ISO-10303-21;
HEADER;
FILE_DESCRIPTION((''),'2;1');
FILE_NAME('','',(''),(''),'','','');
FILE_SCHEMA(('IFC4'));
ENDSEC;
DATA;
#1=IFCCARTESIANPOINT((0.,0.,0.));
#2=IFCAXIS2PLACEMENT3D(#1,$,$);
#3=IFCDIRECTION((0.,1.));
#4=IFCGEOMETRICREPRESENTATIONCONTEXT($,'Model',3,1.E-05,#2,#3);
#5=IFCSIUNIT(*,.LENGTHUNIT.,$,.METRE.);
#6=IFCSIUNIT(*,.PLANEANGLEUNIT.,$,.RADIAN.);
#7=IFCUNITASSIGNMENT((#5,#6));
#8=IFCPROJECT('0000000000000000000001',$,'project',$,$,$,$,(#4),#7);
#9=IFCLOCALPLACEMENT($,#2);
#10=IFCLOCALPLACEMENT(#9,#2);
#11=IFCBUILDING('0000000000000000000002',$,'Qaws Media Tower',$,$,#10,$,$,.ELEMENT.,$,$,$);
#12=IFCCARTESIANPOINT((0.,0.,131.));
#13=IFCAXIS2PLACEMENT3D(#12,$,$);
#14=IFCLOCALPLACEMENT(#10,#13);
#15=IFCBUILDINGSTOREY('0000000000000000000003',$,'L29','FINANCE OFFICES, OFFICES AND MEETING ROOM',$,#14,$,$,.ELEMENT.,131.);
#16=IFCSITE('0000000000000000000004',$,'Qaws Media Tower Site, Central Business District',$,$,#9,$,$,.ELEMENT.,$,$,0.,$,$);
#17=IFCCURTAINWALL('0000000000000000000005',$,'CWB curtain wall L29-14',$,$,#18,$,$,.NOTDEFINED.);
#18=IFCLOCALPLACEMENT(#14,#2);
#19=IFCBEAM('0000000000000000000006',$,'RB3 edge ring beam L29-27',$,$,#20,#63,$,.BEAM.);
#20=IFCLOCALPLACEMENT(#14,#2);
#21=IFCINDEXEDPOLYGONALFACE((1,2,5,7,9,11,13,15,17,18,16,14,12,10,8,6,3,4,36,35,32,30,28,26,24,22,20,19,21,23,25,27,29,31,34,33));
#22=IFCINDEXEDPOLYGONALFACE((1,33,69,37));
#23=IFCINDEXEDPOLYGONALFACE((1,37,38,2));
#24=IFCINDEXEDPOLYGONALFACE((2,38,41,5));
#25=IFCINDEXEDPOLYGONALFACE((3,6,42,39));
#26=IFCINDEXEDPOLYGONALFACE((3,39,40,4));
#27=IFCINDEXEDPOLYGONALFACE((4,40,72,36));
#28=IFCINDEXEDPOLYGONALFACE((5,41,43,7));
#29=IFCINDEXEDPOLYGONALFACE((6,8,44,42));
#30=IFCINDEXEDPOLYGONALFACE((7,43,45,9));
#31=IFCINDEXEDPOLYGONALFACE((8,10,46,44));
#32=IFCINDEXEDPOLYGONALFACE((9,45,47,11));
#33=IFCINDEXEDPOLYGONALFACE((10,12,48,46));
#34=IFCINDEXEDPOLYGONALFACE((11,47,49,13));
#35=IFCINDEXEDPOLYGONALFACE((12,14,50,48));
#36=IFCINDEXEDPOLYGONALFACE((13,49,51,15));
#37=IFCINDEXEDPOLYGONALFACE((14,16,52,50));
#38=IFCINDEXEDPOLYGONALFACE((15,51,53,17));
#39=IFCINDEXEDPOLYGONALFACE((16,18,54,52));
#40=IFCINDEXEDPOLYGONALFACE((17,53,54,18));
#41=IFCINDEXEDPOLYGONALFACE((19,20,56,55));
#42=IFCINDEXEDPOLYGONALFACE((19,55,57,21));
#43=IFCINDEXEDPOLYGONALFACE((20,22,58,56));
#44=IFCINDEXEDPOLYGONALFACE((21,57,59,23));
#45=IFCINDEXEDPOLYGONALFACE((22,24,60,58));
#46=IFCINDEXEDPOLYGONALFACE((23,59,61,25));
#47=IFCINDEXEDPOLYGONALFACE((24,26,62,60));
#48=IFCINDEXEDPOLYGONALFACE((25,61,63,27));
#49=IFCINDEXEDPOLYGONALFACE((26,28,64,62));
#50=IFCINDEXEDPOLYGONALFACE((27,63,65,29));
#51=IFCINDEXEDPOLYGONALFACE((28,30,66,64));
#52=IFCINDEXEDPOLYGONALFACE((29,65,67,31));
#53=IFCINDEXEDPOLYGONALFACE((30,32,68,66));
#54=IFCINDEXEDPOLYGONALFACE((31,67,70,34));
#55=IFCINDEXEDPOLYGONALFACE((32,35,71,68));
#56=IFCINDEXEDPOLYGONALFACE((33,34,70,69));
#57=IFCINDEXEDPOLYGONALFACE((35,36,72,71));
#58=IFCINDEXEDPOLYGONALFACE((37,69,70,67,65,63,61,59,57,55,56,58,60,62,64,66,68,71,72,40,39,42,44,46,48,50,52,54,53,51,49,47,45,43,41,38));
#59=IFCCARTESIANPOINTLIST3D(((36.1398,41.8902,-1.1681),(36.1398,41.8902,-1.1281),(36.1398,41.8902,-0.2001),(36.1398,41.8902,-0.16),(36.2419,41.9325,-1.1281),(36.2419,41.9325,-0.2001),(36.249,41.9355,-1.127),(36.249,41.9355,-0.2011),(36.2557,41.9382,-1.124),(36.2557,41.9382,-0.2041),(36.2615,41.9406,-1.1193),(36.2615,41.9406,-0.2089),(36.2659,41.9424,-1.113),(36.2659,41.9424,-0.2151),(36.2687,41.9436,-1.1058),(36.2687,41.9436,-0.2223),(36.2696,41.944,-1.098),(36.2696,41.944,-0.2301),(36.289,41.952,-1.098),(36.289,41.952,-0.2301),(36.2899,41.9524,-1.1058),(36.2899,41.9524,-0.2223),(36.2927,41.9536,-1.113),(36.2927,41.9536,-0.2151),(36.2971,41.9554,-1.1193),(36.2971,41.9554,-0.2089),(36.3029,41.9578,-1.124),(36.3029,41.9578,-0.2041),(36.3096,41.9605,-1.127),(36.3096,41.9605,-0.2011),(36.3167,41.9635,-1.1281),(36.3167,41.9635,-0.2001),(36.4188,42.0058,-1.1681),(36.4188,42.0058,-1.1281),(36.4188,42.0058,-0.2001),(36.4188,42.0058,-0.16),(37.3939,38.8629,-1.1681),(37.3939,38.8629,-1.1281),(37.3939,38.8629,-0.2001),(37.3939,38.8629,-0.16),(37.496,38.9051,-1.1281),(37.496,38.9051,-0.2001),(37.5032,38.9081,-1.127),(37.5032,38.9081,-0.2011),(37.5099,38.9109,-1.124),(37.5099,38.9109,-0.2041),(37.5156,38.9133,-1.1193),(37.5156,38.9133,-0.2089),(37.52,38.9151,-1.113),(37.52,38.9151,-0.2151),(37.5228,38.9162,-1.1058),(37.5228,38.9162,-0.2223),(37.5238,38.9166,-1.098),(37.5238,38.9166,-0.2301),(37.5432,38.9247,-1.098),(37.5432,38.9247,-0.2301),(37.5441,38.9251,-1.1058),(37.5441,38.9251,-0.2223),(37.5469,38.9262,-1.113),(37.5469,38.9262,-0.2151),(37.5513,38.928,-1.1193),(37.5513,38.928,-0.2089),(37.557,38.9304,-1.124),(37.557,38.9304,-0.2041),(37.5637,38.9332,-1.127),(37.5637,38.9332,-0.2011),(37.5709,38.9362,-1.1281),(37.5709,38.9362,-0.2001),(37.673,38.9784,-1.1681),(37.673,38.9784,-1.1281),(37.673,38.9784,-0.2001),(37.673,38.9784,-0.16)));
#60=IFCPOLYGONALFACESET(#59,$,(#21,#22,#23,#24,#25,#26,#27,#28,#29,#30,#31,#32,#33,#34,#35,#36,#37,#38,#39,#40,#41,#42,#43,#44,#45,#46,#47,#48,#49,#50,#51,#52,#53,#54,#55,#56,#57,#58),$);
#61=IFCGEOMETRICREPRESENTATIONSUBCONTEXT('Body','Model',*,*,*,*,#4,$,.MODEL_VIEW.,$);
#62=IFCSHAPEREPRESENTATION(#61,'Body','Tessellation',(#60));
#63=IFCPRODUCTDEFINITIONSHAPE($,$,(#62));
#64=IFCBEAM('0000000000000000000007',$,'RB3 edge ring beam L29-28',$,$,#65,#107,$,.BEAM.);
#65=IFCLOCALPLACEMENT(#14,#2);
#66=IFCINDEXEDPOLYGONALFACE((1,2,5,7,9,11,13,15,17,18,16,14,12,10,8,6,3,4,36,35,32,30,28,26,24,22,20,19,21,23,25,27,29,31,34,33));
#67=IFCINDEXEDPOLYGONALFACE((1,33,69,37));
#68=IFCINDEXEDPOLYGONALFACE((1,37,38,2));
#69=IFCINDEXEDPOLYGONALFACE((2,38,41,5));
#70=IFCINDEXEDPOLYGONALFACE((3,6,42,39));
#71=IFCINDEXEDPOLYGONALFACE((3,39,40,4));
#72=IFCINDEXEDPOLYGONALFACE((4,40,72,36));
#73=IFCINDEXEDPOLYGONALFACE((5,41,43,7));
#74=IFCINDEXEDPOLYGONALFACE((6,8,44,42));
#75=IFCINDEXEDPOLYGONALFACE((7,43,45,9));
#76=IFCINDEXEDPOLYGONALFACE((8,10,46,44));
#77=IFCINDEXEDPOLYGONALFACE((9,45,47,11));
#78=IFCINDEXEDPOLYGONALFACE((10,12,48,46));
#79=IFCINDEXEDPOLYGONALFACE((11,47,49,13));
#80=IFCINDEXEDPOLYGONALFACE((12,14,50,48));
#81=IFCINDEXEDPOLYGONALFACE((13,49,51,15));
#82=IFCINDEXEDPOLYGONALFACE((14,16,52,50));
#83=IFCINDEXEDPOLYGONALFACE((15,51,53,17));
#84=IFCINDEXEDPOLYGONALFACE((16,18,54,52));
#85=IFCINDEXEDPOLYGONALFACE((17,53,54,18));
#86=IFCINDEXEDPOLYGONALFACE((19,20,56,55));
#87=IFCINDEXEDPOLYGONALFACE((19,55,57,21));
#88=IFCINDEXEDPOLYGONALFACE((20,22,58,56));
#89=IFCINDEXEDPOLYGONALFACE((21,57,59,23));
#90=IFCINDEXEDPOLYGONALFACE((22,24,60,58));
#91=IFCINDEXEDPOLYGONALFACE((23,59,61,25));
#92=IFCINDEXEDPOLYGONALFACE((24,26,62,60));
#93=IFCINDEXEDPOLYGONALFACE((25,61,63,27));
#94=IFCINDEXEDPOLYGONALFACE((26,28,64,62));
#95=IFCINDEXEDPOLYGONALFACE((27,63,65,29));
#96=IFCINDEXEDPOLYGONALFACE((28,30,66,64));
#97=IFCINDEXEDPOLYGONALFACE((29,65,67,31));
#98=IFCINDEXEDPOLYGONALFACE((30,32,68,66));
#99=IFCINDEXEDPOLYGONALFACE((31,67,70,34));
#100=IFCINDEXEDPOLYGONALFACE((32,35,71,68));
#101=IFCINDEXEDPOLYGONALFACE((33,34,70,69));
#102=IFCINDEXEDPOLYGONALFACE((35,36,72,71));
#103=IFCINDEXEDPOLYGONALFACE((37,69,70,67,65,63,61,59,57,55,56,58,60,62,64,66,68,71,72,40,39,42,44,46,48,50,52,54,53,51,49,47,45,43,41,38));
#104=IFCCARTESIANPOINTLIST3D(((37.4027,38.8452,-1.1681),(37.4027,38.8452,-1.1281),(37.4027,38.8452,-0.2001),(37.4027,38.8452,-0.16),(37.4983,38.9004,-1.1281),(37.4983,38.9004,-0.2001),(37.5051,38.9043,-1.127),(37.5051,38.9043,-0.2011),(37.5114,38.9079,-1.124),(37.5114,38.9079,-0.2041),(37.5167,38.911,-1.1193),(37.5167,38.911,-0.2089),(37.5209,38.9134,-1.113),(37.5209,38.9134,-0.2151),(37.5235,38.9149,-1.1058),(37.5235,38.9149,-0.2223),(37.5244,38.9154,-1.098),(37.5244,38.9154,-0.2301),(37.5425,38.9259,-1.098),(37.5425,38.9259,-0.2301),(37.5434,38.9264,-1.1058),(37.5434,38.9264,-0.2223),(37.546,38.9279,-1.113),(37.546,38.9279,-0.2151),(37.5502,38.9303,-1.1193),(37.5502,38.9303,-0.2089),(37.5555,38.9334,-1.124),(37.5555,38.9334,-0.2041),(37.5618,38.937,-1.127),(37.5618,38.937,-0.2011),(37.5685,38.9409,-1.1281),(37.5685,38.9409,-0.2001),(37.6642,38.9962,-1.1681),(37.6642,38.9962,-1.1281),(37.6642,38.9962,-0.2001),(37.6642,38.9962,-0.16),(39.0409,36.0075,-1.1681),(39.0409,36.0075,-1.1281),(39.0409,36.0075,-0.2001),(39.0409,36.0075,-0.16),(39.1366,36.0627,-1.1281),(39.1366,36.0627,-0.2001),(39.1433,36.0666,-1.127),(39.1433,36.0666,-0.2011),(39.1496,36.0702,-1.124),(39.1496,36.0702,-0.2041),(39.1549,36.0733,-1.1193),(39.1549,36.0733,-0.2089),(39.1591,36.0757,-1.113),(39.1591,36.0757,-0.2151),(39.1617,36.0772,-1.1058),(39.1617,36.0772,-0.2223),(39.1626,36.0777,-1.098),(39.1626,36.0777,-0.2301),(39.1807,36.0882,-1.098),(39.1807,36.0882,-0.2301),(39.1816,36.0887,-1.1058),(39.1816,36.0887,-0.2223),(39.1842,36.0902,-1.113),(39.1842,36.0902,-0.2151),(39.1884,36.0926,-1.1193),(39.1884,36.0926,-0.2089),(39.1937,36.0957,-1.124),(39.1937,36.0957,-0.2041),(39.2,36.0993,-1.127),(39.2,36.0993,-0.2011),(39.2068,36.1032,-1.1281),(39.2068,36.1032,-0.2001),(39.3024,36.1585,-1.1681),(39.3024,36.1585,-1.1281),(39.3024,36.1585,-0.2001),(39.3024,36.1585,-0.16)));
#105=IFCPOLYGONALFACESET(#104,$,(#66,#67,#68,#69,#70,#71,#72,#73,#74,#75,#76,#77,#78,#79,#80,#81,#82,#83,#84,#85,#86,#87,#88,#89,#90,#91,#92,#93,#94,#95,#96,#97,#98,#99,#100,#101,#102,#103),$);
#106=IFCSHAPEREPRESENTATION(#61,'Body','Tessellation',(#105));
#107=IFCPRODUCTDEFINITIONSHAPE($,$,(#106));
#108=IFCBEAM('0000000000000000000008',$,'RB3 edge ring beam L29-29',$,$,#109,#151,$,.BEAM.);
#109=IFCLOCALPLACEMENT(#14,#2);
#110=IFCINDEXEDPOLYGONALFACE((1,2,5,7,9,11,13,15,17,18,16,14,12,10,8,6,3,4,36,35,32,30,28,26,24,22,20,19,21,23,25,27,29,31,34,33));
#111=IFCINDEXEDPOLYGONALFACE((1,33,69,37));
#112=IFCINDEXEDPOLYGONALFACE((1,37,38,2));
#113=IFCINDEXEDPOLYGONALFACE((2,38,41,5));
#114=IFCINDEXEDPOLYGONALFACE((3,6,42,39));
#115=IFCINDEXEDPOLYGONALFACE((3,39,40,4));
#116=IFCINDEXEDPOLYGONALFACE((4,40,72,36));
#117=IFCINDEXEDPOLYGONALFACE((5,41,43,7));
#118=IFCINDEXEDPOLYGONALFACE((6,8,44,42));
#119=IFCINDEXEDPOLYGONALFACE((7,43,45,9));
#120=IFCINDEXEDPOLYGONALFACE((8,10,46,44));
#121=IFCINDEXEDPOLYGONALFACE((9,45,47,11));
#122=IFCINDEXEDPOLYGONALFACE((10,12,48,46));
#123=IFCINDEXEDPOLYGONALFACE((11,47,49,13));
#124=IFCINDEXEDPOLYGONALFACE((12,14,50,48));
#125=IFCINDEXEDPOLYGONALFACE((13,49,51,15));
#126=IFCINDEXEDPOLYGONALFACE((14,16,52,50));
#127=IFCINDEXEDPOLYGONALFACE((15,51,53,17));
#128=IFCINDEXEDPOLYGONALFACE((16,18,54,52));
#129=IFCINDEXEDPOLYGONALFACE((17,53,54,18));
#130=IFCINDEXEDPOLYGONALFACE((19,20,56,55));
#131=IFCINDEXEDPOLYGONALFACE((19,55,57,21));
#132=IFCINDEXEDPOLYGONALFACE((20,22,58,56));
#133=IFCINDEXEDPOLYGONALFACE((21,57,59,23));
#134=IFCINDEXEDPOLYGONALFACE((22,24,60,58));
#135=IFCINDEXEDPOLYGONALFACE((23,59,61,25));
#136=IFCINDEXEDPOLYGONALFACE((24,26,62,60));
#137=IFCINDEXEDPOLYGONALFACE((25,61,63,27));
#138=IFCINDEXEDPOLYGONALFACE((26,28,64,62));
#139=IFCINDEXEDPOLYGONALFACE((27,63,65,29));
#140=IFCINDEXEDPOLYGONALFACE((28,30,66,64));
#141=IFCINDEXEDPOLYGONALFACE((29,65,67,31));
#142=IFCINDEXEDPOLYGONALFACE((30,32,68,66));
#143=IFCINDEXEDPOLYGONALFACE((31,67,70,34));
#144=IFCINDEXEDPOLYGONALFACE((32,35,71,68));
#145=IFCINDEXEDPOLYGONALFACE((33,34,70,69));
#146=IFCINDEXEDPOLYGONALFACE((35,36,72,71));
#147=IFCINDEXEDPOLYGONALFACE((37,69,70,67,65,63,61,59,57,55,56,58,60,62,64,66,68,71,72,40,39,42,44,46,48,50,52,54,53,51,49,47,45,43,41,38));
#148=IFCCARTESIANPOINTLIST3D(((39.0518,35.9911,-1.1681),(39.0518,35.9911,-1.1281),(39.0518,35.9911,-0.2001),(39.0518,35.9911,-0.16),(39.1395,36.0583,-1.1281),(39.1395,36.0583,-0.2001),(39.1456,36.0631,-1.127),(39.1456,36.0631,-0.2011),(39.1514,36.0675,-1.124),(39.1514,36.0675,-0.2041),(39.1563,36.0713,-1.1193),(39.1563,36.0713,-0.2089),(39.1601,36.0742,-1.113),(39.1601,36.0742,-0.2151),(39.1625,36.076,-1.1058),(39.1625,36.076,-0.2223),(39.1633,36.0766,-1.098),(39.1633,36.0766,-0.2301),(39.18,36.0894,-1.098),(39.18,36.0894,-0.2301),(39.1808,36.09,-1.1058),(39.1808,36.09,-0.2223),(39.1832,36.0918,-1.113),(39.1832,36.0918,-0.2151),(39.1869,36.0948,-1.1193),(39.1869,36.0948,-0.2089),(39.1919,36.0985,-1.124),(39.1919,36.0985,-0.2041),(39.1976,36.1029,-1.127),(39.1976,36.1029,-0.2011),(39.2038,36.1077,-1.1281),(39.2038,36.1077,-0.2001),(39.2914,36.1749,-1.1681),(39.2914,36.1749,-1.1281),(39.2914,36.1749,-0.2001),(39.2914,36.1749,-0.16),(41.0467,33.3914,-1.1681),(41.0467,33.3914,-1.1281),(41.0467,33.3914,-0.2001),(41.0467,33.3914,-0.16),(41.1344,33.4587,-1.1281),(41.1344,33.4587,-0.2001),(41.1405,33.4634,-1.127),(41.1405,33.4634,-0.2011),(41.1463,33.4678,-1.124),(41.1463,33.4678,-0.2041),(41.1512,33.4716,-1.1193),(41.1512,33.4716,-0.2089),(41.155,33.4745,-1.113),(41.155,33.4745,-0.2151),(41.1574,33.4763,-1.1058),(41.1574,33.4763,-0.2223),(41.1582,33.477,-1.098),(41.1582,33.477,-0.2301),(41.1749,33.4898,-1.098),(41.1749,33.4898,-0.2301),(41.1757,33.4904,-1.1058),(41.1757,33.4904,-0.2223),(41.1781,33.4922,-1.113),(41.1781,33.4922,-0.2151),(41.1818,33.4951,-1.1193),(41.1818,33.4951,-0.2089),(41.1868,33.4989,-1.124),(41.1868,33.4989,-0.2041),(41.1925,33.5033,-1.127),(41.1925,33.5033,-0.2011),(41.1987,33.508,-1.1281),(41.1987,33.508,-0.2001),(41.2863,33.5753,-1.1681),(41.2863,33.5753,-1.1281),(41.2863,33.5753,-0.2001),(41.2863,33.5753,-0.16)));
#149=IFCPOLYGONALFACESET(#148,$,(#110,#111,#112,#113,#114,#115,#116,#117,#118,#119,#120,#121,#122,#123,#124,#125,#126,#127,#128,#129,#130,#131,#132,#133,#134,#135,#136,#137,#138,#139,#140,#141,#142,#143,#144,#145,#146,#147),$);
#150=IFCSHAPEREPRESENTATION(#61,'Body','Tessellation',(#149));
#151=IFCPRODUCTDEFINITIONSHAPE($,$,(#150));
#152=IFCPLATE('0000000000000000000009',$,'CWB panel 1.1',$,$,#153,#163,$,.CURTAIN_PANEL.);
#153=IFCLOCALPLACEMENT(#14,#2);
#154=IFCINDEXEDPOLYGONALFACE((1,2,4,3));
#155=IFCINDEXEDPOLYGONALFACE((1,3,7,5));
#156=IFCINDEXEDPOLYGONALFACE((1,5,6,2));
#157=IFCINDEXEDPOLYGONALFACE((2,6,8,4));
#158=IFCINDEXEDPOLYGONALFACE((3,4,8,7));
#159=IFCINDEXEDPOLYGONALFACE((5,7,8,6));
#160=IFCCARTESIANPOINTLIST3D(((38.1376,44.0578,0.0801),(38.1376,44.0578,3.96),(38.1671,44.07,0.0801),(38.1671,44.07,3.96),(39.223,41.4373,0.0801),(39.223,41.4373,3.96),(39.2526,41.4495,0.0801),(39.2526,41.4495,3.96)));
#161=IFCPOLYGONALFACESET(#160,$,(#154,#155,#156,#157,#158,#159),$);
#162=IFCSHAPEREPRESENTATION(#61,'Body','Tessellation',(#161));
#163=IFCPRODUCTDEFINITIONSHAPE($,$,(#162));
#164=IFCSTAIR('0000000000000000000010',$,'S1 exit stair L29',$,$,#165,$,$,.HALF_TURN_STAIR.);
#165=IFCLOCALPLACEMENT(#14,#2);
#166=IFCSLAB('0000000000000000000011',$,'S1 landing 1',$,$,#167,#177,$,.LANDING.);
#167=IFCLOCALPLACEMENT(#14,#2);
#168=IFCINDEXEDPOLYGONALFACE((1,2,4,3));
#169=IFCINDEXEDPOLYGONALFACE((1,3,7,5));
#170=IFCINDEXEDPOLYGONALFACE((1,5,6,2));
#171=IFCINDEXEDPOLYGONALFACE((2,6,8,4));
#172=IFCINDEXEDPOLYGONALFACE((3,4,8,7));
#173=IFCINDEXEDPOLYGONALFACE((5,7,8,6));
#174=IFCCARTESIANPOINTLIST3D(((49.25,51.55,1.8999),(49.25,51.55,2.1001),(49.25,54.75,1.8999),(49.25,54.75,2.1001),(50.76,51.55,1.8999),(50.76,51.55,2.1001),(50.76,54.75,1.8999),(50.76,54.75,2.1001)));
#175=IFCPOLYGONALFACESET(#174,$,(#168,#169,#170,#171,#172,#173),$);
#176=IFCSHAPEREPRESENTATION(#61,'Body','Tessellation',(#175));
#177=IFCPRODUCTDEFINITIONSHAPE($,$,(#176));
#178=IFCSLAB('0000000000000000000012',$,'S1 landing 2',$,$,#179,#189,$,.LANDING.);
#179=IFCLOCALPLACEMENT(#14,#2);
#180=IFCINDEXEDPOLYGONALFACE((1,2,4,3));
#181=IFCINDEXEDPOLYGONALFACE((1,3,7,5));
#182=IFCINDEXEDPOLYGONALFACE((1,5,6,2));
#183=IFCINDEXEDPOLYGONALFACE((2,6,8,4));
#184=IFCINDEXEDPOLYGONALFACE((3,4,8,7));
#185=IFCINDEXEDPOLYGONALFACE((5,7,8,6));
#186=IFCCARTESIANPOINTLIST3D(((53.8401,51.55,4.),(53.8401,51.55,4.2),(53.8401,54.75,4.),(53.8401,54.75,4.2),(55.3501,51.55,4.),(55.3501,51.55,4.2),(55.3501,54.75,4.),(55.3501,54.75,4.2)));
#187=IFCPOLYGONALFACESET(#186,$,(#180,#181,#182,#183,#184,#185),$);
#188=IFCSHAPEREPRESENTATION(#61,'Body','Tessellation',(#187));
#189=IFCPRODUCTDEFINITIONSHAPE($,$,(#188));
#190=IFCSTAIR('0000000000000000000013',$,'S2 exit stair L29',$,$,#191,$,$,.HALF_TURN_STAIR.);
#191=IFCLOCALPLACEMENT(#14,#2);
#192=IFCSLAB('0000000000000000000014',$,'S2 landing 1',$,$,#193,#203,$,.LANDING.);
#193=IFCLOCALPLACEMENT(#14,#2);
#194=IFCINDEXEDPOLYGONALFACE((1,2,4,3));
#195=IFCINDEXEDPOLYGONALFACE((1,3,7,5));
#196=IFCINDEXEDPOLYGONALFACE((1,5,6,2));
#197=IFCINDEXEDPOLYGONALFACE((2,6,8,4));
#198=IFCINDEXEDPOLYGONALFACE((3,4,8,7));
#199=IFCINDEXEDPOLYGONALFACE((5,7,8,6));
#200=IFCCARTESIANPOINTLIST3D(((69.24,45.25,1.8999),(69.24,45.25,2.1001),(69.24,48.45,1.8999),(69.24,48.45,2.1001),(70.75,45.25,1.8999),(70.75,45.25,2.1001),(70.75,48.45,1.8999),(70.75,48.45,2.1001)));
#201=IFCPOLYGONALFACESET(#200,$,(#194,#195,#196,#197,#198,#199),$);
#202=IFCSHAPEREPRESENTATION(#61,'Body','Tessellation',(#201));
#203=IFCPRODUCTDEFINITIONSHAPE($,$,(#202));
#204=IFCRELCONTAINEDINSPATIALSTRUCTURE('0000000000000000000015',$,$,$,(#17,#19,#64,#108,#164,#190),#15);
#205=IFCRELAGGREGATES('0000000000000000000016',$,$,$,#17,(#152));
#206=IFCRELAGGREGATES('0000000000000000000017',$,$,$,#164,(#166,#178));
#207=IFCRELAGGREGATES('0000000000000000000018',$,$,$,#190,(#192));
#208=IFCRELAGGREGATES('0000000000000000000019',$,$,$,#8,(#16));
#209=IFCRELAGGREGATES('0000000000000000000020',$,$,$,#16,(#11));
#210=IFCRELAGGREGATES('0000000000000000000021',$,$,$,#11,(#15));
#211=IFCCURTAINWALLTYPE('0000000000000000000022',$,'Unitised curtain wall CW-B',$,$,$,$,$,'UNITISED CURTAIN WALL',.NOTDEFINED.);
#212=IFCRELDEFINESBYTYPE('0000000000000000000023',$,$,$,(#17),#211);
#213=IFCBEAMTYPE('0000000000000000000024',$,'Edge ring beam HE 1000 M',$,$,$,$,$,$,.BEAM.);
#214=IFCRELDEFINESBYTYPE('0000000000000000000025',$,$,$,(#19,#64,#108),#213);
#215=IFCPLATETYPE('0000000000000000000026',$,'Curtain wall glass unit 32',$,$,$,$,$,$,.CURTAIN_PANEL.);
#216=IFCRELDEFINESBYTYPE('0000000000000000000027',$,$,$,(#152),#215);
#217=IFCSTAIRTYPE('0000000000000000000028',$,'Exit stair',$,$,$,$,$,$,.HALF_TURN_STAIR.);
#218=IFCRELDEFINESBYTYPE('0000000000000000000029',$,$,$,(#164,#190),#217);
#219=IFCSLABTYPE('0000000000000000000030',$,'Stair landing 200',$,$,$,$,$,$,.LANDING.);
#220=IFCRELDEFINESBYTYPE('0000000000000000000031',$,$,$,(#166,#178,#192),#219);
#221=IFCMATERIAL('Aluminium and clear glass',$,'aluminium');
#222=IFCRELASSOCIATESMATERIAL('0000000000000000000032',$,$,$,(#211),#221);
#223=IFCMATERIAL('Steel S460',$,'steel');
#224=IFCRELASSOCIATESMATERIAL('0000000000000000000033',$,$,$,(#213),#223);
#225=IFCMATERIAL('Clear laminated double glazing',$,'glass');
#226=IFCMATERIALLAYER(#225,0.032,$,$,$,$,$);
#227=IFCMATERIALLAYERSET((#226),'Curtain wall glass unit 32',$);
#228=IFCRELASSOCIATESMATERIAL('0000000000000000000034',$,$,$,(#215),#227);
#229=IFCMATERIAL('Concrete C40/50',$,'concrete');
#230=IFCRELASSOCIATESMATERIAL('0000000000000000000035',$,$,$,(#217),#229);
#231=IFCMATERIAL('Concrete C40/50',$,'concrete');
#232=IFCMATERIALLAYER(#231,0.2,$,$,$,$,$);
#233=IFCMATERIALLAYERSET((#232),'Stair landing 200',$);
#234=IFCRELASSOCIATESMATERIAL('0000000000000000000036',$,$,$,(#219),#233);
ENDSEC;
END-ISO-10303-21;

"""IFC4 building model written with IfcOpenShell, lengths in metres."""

from ifc_helpers import new_model, si_unit, direction, frame, origin, origin_2d, place, context, subcontext, project, spatial, polyline, rectangle, i_section, outline, extrude, material, layer, layer_set, material_profile, profile_set, type_object, element, aggregate, save


model = new_model("IFC4")

# Units and contexts
model_context = context("Model", 3, precision=1e-05, world=origin(), true_north=direction((0.0, 1.0)))
body_context = subcontext(model_context, "Body", "Model", "MODEL_VIEW")
ifc_project = project(units=[si_unit("LENGTHUNIT", "METRE"), si_unit("PLANEANGLEUNIT", "RADIAN")], contexts=[model_context])

# Site, building, storey
site_placement = place(None, origin())
site = spatial("IfcSite", under=ifc_project, at=site_placement, Name="Qaws Media Tower Site, Central Business District", CompositionType="ELEMENT", RefElevation=0.0)
building_placement = place(site_placement, origin())
building = spatial("IfcBuilding", under=site, at=building_placement, Name="Qaws Media Tower", CompositionType="ELEMENT")
storey_placement = place(building_placement, frame((0.0, 0.0, 131.0)))
storey = spatial("IfcBuildingStorey", under=building, at=storey_placement, Name="L29", Description="FINANCE OFFICES, OFFICES AND MEETING ROOM", CompositionType="ELEMENT", Elevation=131.0)

# Curtain wall
ifc_material_1 = material(Name="Aluminium and clear glass", Category="aluminium")
curtain_wall_type = type_object("IfcCurtainWallType", Name="Unitised curtain wall CW-B", ElementType="UNITISED CURTAIN WALL", PredefinedType="NOTDEFINED", material=ifc_material_1)
curtain_wall_placement = place(storey_placement, origin())
curtain_wall = element("IfcCurtainWall", 1, at=curtain_wall_placement, inside=storey, type_object=curtain_wall_type, Name="CWB curtain wall L29-14", PredefinedType="NOTDEFINED")

# Beams
ifc_material_2 = material(Name="Steel S460", Category="steel")
ifc_material_profile_1 = material_profile(ifc_material_2, i_section(OverallWidth=0.302, OverallDepth=1.0081, WebThickness=0.021, FlangeThickness=0.04, FilletRadius=0.03, at=origin_2d()), Name="HE 1000 M")
ifc_profile_set_1 = profile_set([ifc_material_profile_1], Name="Steel S460")
beam_type = type_object("IfcBeamType", Name="Edge ring beam HE 1000 M", PredefinedType="BEAM", material=ifc_profile_set_1)
beam_1_placement = place(storey_placement, frame((36.2793, 41.948, -0.6641), z_axis=(0.382731, -0.92386, 0.0), x_axis=(0.92386, 0.382731, 0.0)))
element("IfcBeam", 2, at=beam_1_placement, inside=storey, type_object=beam_type, Name="RB3 edge ring beam L29-27", PredefinedType="BEAM", context=body_context, shape_type="SweptSolid", body=[
    extrude(i_section(OverallWidth=0.302, OverallDepth=1.0081, WebThickness=0.021, FlangeThickness=0.04, FilletRadius=0.03, at=origin_2d()), origin(), (0.0, 0.0, 1.0), 3.2769),
])
beam_2_placement = place(storey_placement, frame((37.5334, 38.9207, -0.6641), z_axis=(0.49997, -0.866043, 0.0), x_axis=(0.866043, 0.49997, 0.0)))
element("IfcBeam", 3, at=beam_2_placement, inside=storey, type_object=beam_type, Name="RB3 edge ring beam L29-28", PredefinedType="BEAM", context=body_context, shape_type="SweptSolid", body=[
    extrude(i_section(OverallWidth=0.302, OverallDepth=1.0081, WebThickness=0.021, FlangeThickness=0.04, FilletRadius=0.03, at=origin_2d()), origin(), (0.0, 0.0, 1.0), 3.2766),
])
beam_3_placement = place(storey_placement, frame((39.1716, 36.083, -0.6641), z_axis=(0.608785, -0.793335, 0.0), x_axis=(0.793335, 0.608785, 0.0)))
element("IfcBeam", 4, at=beam_3_placement, inside=storey, type_object=beam_type, Name="RB3 edge ring beam L29-29", PredefinedType="BEAM", context=body_context, shape_type="SweptSolid", body=[
    extrude(i_section(OverallWidth=0.302, OverallDepth=1.0081, WebThickness=0.021, FlangeThickness=0.04, FilletRadius=0.03, at=origin_2d()), origin(), (0.0, 0.0, 1.0), 3.2769),
])

# Plate
ifc_material_3 = material(Name="Clear laminated double glazing", Category="glass")
ifc_layer_1 = layer(ifc_material_3, 0.032)
ifc_layer_set_1 = layer_set([ifc_layer_1], Name="Curtain wall glass unit 32")
plate_type = type_object("IfcPlateType", Name="Curtain wall glass unit 32", PredefinedType="CURTAIN_PANEL", material=ifc_layer_set_1)
plate_placement = place(storey_placement, frame((38.6951, 42.7537, 0.0801), z_axis=(0.0, 0.0, 1.0), x_axis=(0.382683, -0.92388, 0.0)))
plate = element("IfcPlate", 5, at=plate_placement, type_object=plate_type, Name="CWB panel 1.1", PredefinedType="CURTAIN_PANEL", context=body_context, shape_type="SweptSolid", body=[
    extrude(rectangle(XDim=2.8364, YDim=0.032, at=origin_2d()), origin(), (0.0, 0.0, 1.0), 3.8799),
])
aggregate(curtain_wall, [plate])

# Stairs, slabs
ifc_material_4 = material(Name="Concrete C40/50", Category="concrete")
stair_type = type_object("IfcStairType", Name="Exit stair", PredefinedType="HALF_TURN_STAIR", material=ifc_material_4)
stair_1_placement = place(storey_placement, origin())
stair_1 = element("IfcStair", 6, at=stair_1_placement, inside=storey, type_object=stair_type, Name="S1 exit stair L29", PredefinedType="HALF_TURN_STAIR")
ifc_material_5 = material(Name="Concrete C40/50", Category="concrete")
ifc_layer_2 = layer(ifc_material_5, 0.2)
ifc_layer_set_2 = layer_set([ifc_layer_2], Name="Stair landing 200")
slab_type = type_object("IfcSlabType", Name="Stair landing 200", PredefinedType="LANDING", material=ifc_layer_set_2)
slab_1_placement = place(storey_placement, frame((0.0, 0.0, 1.8999)))
slab_1 = element("IfcSlab", 7, at=slab_1_placement, type_object=slab_type, Name="S1 landing 1", PredefinedType="LANDING", context=body_context, shape_type="SweptSolid", body=[
    extrude(outline(polyline([(49.25, 51.55), (50.76, 51.55), (50.76, 54.75), (49.25, 54.75), (49.25, 51.55)])), origin(), (0.0, 0.0, 1.0), 0.2002),
])
slab_2_placement = place(storey_placement, frame((0.0, 0.0, 4.0)))
slab_2 = element("IfcSlab", 8, at=slab_2_placement, type_object=slab_type, Name="S1 landing 2", PredefinedType="LANDING", context=body_context, shape_type="SweptSolid", body=[
    extrude(outline(polyline([(53.8401, 51.55), (55.3501, 51.55), (55.3501, 54.75), (53.8401, 54.75), (53.8401, 51.55)])), origin(), (0.0, 0.0, 1.0), 0.2),
])
aggregate(stair_1, [slab_1, slab_2])
stair_2_placement = place(storey_placement, origin())
stair_2 = element("IfcStair", 9, at=stair_2_placement, inside=storey, type_object=stair_type, Name="S2 exit stair L29", PredefinedType="HALF_TURN_STAIR")
slab_3_placement = place(storey_placement, frame((0.0, 0.0, 1.8999)))
slab_3 = element("IfcSlab", 10, at=slab_3_placement, type_object=slab_type, Name="S2 landing 1", PredefinedType="LANDING", context=body_context, shape_type="SweptSolid", body=[
    extrude(outline(polyline([(69.24, 45.25), (70.75, 45.25), (70.75, 48.45), (69.24, 48.45), (69.24, 45.25)])), origin(), (0.0, 0.0, 1.0), 0.2002),
])
aggregate(stair_2, [slab_3])

save(model, "model.ifc")
